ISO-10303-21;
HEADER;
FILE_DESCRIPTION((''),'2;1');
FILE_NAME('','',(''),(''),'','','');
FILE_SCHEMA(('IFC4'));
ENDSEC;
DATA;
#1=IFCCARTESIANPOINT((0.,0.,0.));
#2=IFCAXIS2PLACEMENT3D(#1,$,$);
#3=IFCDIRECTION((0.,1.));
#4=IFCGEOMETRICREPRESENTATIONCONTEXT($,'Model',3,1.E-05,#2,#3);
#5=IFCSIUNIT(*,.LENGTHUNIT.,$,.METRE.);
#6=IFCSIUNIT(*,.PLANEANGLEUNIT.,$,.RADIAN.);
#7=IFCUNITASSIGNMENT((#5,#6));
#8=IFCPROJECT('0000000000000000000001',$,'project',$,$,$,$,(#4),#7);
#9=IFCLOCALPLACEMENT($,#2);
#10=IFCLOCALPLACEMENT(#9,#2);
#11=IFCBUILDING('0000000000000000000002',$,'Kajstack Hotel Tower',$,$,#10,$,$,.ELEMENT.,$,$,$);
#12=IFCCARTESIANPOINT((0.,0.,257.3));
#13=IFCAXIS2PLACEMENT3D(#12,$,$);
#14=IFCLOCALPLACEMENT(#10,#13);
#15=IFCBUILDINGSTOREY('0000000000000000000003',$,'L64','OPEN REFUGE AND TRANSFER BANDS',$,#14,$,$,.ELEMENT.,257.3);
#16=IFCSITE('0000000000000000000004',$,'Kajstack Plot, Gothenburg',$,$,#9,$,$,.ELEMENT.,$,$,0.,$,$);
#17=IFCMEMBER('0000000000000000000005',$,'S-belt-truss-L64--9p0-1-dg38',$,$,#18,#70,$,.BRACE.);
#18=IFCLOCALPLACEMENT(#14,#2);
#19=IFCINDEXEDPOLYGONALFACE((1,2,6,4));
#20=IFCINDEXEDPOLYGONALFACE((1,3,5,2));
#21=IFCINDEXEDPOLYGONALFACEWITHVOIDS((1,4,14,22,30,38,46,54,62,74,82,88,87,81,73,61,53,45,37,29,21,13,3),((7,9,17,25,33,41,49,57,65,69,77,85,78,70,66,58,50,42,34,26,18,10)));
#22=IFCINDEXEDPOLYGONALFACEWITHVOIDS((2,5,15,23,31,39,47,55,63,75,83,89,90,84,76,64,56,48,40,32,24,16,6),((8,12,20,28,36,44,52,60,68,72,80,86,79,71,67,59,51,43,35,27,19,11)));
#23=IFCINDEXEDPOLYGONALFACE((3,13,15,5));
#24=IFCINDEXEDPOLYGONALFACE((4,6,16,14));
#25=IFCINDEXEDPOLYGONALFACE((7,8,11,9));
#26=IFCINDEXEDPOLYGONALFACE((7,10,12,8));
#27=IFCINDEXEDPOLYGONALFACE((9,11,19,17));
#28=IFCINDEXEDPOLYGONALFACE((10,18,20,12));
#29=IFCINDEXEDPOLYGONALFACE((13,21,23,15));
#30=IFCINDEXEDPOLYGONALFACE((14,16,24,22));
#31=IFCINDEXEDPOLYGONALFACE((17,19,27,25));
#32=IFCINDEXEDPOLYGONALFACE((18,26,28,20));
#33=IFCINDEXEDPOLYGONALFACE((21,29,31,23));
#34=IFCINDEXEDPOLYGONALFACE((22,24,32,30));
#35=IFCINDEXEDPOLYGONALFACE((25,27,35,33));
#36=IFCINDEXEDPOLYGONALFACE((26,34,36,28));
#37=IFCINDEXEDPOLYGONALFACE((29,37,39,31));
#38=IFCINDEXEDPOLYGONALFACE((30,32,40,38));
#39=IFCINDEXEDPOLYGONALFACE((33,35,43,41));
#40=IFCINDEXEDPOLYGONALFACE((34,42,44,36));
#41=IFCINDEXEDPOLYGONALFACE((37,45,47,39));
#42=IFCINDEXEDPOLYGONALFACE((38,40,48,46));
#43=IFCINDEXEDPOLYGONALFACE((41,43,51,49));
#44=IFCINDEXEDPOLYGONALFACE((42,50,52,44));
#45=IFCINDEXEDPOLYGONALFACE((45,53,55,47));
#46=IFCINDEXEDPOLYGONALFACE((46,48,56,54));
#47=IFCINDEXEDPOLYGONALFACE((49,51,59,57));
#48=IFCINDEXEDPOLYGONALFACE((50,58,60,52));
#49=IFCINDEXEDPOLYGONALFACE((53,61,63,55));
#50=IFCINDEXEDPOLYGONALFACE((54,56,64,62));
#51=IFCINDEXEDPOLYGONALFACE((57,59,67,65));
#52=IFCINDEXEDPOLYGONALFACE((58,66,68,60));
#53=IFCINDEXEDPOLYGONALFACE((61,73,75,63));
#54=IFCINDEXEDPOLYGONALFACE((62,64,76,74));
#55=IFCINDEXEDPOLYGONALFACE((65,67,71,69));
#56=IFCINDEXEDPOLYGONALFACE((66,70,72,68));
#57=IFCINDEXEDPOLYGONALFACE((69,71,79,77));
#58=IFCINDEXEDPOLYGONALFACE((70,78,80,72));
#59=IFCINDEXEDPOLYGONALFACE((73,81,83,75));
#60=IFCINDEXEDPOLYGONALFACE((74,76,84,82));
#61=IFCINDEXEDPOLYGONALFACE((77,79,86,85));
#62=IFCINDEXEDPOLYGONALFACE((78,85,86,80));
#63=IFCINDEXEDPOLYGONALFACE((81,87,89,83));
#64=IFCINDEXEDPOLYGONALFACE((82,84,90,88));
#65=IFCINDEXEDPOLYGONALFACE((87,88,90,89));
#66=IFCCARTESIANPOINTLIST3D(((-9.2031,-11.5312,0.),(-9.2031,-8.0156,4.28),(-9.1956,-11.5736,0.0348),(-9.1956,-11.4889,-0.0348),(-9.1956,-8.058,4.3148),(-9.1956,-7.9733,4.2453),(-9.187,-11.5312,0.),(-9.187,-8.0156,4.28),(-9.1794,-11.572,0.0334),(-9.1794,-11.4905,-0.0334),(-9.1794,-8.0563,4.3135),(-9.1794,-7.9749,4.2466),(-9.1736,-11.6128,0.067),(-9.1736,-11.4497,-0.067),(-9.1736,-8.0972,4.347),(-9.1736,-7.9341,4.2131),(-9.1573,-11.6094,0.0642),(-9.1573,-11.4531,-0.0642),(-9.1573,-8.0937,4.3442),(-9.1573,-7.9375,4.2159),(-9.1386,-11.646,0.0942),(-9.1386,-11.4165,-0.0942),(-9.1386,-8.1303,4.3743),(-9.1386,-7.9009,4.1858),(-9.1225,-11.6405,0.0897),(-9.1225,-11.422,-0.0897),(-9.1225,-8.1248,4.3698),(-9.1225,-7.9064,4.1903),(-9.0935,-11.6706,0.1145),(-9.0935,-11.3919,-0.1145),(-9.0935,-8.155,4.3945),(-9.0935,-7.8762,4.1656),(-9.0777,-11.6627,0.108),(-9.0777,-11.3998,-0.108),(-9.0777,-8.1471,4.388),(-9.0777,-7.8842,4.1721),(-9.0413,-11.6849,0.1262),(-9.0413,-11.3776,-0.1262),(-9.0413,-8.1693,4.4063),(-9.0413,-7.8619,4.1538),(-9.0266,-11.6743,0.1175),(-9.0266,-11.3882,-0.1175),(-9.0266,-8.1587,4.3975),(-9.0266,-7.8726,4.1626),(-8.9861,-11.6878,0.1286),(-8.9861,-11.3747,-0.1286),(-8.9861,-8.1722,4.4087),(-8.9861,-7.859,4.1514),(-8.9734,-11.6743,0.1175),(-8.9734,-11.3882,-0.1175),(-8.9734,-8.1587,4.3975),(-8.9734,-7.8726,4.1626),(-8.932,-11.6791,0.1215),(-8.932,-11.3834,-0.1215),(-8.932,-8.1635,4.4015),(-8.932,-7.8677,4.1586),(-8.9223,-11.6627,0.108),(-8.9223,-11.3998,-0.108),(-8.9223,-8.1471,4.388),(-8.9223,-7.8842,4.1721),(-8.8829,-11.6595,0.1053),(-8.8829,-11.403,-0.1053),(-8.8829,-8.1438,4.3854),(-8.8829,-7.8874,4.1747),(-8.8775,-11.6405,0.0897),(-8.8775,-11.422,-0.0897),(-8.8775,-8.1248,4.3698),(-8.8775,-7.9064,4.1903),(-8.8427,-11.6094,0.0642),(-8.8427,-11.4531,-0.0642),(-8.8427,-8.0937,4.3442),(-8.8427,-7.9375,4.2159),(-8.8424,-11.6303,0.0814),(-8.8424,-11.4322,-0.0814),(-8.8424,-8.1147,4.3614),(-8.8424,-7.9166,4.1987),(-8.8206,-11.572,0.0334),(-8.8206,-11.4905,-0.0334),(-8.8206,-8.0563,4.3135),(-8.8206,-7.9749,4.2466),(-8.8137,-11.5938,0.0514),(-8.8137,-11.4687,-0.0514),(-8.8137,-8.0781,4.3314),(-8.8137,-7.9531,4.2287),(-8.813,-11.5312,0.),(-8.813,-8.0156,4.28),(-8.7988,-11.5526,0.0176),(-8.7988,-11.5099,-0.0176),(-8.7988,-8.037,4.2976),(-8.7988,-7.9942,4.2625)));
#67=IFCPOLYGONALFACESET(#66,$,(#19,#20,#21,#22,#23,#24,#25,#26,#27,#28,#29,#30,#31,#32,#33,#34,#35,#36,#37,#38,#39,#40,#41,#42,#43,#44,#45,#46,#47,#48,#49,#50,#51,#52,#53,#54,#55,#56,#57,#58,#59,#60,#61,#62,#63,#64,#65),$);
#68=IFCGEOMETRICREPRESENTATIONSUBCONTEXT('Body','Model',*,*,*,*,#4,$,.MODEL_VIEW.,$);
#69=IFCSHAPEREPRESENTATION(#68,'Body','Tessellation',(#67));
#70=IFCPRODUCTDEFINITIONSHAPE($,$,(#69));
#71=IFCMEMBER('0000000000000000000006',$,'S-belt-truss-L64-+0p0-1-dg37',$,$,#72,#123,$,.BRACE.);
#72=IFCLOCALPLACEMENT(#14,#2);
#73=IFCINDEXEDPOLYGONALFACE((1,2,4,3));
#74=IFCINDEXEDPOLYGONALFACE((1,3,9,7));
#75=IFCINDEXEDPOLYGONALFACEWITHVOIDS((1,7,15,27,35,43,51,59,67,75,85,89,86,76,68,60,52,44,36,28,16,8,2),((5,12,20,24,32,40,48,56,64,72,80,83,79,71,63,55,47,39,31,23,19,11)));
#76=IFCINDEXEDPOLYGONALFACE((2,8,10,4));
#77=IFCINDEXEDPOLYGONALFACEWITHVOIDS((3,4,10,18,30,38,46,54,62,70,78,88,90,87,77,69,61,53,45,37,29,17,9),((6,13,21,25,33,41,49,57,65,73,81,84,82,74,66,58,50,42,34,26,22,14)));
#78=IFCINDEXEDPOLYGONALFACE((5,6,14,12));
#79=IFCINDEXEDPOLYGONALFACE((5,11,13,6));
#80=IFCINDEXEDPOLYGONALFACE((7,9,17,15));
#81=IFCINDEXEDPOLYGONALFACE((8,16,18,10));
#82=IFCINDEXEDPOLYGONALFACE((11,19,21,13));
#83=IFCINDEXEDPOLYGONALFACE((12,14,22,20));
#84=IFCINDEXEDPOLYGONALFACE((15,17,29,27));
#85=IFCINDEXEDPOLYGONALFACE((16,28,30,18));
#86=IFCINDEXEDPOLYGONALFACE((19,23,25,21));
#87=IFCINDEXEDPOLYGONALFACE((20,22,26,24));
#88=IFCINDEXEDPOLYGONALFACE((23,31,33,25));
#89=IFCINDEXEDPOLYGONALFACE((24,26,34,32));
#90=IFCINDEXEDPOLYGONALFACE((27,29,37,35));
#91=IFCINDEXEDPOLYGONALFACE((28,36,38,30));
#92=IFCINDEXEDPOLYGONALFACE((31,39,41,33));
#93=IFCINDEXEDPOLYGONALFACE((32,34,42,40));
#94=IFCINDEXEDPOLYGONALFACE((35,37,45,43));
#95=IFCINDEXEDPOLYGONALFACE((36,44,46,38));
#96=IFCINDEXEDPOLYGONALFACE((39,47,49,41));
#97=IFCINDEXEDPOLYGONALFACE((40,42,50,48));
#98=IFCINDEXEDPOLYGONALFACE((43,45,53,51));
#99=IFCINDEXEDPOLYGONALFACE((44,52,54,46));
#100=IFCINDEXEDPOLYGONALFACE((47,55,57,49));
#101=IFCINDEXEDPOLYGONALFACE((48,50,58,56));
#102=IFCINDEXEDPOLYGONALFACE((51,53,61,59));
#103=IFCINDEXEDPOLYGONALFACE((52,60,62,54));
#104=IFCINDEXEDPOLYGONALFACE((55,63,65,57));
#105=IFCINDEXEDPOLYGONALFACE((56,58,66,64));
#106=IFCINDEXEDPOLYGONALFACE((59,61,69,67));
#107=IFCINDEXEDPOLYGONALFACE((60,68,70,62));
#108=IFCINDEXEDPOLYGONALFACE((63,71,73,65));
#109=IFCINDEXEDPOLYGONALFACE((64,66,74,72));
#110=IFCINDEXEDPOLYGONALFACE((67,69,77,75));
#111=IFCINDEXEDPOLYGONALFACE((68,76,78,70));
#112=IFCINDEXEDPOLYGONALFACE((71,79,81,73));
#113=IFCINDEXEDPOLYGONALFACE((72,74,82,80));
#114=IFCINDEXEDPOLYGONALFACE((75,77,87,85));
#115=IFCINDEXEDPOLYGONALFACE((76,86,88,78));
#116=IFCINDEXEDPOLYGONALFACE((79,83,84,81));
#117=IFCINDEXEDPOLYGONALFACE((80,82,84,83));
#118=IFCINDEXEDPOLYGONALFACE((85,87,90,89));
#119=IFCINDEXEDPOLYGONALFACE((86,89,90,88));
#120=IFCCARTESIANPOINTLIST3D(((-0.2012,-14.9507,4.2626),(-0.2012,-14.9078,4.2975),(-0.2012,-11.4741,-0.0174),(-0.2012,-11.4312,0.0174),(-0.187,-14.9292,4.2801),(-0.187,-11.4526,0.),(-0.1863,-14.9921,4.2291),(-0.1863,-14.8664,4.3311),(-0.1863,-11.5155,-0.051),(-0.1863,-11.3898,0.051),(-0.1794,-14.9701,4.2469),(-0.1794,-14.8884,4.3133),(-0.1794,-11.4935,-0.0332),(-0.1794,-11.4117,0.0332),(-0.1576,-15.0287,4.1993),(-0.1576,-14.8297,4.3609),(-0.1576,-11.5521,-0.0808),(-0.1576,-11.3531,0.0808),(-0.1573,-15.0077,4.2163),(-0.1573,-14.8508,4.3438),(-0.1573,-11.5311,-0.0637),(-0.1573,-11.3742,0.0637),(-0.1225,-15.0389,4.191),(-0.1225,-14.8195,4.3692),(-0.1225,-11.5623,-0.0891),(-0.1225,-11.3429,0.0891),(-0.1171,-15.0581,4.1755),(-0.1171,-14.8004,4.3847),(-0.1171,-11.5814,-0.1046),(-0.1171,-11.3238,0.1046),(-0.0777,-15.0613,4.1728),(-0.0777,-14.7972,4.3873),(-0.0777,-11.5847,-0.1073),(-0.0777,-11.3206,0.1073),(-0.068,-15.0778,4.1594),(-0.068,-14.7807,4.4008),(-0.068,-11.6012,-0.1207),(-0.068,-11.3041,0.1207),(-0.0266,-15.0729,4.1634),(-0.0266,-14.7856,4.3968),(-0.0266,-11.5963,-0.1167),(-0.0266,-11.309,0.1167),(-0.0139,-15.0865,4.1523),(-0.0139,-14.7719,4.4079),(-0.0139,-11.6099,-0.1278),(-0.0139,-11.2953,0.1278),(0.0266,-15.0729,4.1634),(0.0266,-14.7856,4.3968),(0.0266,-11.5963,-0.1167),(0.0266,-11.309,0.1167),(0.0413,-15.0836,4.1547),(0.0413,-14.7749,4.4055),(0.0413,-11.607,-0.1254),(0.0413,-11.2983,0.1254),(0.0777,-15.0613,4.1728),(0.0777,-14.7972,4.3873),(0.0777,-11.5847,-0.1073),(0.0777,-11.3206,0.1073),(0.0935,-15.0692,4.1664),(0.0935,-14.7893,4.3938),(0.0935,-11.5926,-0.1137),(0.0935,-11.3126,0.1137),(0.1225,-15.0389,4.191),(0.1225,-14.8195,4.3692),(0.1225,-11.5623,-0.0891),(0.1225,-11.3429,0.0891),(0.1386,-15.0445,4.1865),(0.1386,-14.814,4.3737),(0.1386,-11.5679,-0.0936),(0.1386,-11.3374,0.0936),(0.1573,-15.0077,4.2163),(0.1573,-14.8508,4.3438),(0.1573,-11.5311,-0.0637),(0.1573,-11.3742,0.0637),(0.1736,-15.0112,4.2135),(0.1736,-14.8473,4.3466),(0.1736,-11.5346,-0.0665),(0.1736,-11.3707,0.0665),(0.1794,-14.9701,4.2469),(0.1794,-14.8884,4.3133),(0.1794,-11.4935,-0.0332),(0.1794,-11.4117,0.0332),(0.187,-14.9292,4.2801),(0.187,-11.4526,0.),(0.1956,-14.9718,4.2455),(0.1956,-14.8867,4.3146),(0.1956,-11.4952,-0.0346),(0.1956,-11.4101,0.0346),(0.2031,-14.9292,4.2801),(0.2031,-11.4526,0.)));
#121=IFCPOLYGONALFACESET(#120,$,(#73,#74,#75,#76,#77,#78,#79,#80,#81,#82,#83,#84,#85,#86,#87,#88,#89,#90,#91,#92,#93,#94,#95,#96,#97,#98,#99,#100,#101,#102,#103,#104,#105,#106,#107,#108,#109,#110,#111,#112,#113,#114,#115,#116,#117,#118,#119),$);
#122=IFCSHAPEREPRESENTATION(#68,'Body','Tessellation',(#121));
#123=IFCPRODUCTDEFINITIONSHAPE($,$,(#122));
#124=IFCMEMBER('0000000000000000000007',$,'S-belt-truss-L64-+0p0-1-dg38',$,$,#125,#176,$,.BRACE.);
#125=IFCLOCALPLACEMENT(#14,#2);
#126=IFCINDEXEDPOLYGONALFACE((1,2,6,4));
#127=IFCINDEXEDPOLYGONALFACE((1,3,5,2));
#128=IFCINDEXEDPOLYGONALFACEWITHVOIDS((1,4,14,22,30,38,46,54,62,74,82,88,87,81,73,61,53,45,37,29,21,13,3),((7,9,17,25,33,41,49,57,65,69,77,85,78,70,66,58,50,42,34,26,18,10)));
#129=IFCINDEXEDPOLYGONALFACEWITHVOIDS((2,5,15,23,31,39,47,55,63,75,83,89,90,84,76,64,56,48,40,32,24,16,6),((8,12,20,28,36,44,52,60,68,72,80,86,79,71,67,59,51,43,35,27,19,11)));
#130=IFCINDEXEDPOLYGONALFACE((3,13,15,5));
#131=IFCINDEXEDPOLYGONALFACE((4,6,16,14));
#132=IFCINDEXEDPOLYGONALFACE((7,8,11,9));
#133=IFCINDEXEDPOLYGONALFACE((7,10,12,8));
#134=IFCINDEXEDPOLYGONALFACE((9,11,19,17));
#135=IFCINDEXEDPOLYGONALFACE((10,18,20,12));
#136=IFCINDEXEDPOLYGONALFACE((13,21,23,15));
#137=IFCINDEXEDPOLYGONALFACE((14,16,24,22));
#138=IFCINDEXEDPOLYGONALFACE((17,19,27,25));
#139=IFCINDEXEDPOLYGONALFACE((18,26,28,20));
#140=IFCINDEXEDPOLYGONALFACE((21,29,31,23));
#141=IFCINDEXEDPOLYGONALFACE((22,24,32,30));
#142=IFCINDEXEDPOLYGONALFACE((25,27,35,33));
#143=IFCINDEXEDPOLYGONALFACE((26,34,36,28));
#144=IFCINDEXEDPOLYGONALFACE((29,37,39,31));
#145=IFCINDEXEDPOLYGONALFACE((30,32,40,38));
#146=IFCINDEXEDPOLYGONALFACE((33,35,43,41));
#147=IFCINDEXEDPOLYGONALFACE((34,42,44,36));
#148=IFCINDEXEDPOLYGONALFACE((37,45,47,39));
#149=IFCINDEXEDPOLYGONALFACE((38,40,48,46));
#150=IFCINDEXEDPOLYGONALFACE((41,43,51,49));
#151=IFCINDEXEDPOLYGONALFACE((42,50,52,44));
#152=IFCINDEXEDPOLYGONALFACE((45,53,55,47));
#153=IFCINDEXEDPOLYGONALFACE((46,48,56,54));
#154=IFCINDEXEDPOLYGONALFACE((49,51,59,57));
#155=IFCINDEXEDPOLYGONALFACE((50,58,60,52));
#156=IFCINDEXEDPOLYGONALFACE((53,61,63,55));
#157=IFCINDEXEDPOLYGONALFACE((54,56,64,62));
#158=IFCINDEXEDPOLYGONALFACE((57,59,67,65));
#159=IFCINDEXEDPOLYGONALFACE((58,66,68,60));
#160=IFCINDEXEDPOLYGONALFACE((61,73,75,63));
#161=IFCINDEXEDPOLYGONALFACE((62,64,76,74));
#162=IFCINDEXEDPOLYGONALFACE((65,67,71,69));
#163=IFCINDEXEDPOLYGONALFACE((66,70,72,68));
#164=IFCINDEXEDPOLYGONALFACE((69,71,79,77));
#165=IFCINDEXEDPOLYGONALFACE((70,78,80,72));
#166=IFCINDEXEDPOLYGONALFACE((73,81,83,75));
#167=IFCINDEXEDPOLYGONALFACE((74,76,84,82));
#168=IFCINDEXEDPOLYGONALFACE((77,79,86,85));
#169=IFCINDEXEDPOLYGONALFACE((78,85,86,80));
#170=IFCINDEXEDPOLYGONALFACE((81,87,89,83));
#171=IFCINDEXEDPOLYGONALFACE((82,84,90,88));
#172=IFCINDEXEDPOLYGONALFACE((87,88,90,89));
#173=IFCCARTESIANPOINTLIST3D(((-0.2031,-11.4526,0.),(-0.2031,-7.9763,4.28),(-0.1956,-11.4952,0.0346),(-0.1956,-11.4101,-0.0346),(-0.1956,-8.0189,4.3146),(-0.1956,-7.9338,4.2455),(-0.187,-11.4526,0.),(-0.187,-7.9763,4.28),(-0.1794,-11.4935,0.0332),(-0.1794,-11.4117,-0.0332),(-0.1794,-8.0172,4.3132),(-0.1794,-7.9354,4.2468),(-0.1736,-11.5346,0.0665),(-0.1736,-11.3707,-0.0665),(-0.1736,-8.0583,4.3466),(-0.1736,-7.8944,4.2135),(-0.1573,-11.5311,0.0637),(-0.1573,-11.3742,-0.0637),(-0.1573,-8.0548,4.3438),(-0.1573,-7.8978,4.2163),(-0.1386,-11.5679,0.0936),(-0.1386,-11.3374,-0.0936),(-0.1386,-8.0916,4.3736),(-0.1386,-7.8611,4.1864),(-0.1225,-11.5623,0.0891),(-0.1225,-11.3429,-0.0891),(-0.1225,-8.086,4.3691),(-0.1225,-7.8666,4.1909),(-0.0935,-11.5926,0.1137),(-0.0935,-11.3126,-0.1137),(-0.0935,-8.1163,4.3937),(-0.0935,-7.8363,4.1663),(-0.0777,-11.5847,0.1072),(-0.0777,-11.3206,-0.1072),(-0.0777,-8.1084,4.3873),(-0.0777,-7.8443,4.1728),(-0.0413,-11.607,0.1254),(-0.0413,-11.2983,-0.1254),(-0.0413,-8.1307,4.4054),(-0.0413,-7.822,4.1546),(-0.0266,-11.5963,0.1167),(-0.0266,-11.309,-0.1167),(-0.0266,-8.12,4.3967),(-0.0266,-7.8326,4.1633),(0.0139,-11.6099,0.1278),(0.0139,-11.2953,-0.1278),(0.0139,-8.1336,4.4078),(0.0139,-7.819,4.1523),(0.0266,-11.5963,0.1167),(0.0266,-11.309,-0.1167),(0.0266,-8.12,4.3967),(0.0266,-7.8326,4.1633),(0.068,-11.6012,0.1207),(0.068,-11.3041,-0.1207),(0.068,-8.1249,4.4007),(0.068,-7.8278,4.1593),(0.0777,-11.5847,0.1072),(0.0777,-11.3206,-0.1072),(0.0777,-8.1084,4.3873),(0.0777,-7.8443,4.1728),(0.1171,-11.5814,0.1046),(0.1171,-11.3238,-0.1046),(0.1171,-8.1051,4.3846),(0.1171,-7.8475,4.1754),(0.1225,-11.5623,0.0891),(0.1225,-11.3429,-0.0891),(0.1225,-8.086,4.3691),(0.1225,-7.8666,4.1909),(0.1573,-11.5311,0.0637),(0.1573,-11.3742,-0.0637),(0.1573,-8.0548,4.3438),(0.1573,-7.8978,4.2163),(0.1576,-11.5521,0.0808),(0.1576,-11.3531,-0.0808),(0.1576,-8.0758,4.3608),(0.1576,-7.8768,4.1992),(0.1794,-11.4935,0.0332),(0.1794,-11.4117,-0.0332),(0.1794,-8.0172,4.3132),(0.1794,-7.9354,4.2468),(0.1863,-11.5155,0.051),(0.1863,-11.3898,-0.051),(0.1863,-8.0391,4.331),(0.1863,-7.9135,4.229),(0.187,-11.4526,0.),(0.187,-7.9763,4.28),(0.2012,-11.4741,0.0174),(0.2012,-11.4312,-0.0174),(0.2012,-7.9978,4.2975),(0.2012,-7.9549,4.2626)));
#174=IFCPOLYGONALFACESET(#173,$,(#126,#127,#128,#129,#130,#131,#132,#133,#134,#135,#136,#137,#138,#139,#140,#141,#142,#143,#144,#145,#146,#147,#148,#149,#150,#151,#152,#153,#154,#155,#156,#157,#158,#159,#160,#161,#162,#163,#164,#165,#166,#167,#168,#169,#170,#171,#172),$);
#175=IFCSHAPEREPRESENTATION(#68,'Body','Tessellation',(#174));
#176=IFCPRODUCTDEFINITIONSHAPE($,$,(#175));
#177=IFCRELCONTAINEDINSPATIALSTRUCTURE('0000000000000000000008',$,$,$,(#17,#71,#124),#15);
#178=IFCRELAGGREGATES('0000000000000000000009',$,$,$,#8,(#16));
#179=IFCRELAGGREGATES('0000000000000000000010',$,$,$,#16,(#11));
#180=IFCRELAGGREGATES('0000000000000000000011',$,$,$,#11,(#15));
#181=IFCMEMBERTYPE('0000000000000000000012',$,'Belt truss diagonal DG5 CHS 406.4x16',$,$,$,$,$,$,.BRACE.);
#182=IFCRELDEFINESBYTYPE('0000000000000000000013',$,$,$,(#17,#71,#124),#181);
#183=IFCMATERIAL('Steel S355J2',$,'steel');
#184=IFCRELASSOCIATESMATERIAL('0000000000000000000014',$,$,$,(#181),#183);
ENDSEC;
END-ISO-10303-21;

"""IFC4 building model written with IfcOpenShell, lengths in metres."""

from ifc_helpers import new_model, si_unit, direction, frame, origin, origin_2d, place, context, subcontext, project, spatial, hollow_circle, extrude, material, material_profile, profile_set, type_object, element, save


model = new_model("IFC4")

# Units and contexts
model_context = context("Model", 3, precision=1e-05, world=origin(), true_north=direction((0.0, 1.0)))
body_context = subcontext(model_context, "Body", "Model", "MODEL_VIEW")
ifc_project = project(units=[si_unit("LENGTHUNIT", "METRE"), si_unit("PLANEANGLEUNIT", "RADIAN")], contexts=[model_context])

# Site, building, storey
site_placement = place(None, origin())
site = spatial("IfcSite", under=ifc_project, at=site_placement, Name="Kajstack Plot, Gothenburg", CompositionType="ELEMENT", RefElevation=0.0)
building_placement = place(site_placement, origin())
building = spatial("IfcBuilding", under=site, at=building_placement, Name="Kajstack Hotel Tower", CompositionType="ELEMENT")
storey_placement = place(building_placement, frame((0.0, 0.0, 257.3)))
storey = spatial("IfcBuildingStorey", under=building, at=storey_placement, Name="L64", Description="OPEN REFUGE AND TRANSFER BANDS", CompositionType="ELEMENT", Elevation=257.3)

# Members
ifc_material_1 = material(Name="Steel S355J2", Category="steel")
ifc_material_profile_1 = material_profile(ifc_material_1, hollow_circle(Radius=0.2031, WallThickness=0.0161, at=origin_2d()), Name="CHS 406.4x16")
ifc_profile_set_1 = profile_set([ifc_material_profile_1], Name="Steel S355J2")
member_type_1 = type_object("IfcMemberType", Name="Belt truss diagonal DG5 CHS 406.4x16", PredefinedType="BRACE", material=ifc_profile_set_1)
for number, where, z_axis, x_axis, name in (
    (1, (-9.0, -11.5312, 0.0), (0.0, 0.634727, 0.772736), (-1.0, 0.0, 0.0), "S-belt-truss-L64--9p0-1-dg38"),
):
    element("IfcMember", number, at=place(storey_placement, frame(where, z_axis=z_axis, x_axis=x_axis)), inside=storey, type_object=member_type_1, Name=name, PredefinedType="BRACE", context=body_context, shape_type="SweptSolid", body=[
        extrude(hollow_circle(Radius=0.2031, WallThickness=0.0161, at=origin_2d()), origin(), (0.0, 0.0, 1.0), 5.5388),
    ])
member_1_placement = place(storey_placement, frame((0.0, -11.4526, 0.0), z_axis=(0.0, -0.630488, 0.776199), x_axis=(1.0, 0.0, 0.0)))
element("IfcMember", 2, at=member_1_placement, inside=storey, type_object=member_type_1, Name="S-belt-truss-L64-+0p0-1-dg37", PredefinedType="BRACE", context=body_context, shape_type="SweptSolid", body=[
    extrude(hollow_circle(Radius=0.2031, WallThickness=0.0161, at=origin_2d()), origin(), (0.0, 0.0, 1.0), 5.5142),
])
member_2_placement = place(storey_placement, frame((0.0, -11.4526, 0.0), z_axis=(0.0, 0.630461, 0.776221), x_axis=(-1.0, 0.0, 0.0)))
element("IfcMember", 3, at=member_2_placement, inside=storey, type_object=member_type_1, Name="S-belt-truss-L64-+0p0-1-dg38", PredefinedType="BRACE", context=body_context, shape_type="SweptSolid", body=[
    extrude(hollow_circle(Radius=0.2031, WallThickness=0.0161, at=origin_2d()), origin(), (0.0, 0.0, 1.0), 5.5139),
])

save(model, "model.ifc")
